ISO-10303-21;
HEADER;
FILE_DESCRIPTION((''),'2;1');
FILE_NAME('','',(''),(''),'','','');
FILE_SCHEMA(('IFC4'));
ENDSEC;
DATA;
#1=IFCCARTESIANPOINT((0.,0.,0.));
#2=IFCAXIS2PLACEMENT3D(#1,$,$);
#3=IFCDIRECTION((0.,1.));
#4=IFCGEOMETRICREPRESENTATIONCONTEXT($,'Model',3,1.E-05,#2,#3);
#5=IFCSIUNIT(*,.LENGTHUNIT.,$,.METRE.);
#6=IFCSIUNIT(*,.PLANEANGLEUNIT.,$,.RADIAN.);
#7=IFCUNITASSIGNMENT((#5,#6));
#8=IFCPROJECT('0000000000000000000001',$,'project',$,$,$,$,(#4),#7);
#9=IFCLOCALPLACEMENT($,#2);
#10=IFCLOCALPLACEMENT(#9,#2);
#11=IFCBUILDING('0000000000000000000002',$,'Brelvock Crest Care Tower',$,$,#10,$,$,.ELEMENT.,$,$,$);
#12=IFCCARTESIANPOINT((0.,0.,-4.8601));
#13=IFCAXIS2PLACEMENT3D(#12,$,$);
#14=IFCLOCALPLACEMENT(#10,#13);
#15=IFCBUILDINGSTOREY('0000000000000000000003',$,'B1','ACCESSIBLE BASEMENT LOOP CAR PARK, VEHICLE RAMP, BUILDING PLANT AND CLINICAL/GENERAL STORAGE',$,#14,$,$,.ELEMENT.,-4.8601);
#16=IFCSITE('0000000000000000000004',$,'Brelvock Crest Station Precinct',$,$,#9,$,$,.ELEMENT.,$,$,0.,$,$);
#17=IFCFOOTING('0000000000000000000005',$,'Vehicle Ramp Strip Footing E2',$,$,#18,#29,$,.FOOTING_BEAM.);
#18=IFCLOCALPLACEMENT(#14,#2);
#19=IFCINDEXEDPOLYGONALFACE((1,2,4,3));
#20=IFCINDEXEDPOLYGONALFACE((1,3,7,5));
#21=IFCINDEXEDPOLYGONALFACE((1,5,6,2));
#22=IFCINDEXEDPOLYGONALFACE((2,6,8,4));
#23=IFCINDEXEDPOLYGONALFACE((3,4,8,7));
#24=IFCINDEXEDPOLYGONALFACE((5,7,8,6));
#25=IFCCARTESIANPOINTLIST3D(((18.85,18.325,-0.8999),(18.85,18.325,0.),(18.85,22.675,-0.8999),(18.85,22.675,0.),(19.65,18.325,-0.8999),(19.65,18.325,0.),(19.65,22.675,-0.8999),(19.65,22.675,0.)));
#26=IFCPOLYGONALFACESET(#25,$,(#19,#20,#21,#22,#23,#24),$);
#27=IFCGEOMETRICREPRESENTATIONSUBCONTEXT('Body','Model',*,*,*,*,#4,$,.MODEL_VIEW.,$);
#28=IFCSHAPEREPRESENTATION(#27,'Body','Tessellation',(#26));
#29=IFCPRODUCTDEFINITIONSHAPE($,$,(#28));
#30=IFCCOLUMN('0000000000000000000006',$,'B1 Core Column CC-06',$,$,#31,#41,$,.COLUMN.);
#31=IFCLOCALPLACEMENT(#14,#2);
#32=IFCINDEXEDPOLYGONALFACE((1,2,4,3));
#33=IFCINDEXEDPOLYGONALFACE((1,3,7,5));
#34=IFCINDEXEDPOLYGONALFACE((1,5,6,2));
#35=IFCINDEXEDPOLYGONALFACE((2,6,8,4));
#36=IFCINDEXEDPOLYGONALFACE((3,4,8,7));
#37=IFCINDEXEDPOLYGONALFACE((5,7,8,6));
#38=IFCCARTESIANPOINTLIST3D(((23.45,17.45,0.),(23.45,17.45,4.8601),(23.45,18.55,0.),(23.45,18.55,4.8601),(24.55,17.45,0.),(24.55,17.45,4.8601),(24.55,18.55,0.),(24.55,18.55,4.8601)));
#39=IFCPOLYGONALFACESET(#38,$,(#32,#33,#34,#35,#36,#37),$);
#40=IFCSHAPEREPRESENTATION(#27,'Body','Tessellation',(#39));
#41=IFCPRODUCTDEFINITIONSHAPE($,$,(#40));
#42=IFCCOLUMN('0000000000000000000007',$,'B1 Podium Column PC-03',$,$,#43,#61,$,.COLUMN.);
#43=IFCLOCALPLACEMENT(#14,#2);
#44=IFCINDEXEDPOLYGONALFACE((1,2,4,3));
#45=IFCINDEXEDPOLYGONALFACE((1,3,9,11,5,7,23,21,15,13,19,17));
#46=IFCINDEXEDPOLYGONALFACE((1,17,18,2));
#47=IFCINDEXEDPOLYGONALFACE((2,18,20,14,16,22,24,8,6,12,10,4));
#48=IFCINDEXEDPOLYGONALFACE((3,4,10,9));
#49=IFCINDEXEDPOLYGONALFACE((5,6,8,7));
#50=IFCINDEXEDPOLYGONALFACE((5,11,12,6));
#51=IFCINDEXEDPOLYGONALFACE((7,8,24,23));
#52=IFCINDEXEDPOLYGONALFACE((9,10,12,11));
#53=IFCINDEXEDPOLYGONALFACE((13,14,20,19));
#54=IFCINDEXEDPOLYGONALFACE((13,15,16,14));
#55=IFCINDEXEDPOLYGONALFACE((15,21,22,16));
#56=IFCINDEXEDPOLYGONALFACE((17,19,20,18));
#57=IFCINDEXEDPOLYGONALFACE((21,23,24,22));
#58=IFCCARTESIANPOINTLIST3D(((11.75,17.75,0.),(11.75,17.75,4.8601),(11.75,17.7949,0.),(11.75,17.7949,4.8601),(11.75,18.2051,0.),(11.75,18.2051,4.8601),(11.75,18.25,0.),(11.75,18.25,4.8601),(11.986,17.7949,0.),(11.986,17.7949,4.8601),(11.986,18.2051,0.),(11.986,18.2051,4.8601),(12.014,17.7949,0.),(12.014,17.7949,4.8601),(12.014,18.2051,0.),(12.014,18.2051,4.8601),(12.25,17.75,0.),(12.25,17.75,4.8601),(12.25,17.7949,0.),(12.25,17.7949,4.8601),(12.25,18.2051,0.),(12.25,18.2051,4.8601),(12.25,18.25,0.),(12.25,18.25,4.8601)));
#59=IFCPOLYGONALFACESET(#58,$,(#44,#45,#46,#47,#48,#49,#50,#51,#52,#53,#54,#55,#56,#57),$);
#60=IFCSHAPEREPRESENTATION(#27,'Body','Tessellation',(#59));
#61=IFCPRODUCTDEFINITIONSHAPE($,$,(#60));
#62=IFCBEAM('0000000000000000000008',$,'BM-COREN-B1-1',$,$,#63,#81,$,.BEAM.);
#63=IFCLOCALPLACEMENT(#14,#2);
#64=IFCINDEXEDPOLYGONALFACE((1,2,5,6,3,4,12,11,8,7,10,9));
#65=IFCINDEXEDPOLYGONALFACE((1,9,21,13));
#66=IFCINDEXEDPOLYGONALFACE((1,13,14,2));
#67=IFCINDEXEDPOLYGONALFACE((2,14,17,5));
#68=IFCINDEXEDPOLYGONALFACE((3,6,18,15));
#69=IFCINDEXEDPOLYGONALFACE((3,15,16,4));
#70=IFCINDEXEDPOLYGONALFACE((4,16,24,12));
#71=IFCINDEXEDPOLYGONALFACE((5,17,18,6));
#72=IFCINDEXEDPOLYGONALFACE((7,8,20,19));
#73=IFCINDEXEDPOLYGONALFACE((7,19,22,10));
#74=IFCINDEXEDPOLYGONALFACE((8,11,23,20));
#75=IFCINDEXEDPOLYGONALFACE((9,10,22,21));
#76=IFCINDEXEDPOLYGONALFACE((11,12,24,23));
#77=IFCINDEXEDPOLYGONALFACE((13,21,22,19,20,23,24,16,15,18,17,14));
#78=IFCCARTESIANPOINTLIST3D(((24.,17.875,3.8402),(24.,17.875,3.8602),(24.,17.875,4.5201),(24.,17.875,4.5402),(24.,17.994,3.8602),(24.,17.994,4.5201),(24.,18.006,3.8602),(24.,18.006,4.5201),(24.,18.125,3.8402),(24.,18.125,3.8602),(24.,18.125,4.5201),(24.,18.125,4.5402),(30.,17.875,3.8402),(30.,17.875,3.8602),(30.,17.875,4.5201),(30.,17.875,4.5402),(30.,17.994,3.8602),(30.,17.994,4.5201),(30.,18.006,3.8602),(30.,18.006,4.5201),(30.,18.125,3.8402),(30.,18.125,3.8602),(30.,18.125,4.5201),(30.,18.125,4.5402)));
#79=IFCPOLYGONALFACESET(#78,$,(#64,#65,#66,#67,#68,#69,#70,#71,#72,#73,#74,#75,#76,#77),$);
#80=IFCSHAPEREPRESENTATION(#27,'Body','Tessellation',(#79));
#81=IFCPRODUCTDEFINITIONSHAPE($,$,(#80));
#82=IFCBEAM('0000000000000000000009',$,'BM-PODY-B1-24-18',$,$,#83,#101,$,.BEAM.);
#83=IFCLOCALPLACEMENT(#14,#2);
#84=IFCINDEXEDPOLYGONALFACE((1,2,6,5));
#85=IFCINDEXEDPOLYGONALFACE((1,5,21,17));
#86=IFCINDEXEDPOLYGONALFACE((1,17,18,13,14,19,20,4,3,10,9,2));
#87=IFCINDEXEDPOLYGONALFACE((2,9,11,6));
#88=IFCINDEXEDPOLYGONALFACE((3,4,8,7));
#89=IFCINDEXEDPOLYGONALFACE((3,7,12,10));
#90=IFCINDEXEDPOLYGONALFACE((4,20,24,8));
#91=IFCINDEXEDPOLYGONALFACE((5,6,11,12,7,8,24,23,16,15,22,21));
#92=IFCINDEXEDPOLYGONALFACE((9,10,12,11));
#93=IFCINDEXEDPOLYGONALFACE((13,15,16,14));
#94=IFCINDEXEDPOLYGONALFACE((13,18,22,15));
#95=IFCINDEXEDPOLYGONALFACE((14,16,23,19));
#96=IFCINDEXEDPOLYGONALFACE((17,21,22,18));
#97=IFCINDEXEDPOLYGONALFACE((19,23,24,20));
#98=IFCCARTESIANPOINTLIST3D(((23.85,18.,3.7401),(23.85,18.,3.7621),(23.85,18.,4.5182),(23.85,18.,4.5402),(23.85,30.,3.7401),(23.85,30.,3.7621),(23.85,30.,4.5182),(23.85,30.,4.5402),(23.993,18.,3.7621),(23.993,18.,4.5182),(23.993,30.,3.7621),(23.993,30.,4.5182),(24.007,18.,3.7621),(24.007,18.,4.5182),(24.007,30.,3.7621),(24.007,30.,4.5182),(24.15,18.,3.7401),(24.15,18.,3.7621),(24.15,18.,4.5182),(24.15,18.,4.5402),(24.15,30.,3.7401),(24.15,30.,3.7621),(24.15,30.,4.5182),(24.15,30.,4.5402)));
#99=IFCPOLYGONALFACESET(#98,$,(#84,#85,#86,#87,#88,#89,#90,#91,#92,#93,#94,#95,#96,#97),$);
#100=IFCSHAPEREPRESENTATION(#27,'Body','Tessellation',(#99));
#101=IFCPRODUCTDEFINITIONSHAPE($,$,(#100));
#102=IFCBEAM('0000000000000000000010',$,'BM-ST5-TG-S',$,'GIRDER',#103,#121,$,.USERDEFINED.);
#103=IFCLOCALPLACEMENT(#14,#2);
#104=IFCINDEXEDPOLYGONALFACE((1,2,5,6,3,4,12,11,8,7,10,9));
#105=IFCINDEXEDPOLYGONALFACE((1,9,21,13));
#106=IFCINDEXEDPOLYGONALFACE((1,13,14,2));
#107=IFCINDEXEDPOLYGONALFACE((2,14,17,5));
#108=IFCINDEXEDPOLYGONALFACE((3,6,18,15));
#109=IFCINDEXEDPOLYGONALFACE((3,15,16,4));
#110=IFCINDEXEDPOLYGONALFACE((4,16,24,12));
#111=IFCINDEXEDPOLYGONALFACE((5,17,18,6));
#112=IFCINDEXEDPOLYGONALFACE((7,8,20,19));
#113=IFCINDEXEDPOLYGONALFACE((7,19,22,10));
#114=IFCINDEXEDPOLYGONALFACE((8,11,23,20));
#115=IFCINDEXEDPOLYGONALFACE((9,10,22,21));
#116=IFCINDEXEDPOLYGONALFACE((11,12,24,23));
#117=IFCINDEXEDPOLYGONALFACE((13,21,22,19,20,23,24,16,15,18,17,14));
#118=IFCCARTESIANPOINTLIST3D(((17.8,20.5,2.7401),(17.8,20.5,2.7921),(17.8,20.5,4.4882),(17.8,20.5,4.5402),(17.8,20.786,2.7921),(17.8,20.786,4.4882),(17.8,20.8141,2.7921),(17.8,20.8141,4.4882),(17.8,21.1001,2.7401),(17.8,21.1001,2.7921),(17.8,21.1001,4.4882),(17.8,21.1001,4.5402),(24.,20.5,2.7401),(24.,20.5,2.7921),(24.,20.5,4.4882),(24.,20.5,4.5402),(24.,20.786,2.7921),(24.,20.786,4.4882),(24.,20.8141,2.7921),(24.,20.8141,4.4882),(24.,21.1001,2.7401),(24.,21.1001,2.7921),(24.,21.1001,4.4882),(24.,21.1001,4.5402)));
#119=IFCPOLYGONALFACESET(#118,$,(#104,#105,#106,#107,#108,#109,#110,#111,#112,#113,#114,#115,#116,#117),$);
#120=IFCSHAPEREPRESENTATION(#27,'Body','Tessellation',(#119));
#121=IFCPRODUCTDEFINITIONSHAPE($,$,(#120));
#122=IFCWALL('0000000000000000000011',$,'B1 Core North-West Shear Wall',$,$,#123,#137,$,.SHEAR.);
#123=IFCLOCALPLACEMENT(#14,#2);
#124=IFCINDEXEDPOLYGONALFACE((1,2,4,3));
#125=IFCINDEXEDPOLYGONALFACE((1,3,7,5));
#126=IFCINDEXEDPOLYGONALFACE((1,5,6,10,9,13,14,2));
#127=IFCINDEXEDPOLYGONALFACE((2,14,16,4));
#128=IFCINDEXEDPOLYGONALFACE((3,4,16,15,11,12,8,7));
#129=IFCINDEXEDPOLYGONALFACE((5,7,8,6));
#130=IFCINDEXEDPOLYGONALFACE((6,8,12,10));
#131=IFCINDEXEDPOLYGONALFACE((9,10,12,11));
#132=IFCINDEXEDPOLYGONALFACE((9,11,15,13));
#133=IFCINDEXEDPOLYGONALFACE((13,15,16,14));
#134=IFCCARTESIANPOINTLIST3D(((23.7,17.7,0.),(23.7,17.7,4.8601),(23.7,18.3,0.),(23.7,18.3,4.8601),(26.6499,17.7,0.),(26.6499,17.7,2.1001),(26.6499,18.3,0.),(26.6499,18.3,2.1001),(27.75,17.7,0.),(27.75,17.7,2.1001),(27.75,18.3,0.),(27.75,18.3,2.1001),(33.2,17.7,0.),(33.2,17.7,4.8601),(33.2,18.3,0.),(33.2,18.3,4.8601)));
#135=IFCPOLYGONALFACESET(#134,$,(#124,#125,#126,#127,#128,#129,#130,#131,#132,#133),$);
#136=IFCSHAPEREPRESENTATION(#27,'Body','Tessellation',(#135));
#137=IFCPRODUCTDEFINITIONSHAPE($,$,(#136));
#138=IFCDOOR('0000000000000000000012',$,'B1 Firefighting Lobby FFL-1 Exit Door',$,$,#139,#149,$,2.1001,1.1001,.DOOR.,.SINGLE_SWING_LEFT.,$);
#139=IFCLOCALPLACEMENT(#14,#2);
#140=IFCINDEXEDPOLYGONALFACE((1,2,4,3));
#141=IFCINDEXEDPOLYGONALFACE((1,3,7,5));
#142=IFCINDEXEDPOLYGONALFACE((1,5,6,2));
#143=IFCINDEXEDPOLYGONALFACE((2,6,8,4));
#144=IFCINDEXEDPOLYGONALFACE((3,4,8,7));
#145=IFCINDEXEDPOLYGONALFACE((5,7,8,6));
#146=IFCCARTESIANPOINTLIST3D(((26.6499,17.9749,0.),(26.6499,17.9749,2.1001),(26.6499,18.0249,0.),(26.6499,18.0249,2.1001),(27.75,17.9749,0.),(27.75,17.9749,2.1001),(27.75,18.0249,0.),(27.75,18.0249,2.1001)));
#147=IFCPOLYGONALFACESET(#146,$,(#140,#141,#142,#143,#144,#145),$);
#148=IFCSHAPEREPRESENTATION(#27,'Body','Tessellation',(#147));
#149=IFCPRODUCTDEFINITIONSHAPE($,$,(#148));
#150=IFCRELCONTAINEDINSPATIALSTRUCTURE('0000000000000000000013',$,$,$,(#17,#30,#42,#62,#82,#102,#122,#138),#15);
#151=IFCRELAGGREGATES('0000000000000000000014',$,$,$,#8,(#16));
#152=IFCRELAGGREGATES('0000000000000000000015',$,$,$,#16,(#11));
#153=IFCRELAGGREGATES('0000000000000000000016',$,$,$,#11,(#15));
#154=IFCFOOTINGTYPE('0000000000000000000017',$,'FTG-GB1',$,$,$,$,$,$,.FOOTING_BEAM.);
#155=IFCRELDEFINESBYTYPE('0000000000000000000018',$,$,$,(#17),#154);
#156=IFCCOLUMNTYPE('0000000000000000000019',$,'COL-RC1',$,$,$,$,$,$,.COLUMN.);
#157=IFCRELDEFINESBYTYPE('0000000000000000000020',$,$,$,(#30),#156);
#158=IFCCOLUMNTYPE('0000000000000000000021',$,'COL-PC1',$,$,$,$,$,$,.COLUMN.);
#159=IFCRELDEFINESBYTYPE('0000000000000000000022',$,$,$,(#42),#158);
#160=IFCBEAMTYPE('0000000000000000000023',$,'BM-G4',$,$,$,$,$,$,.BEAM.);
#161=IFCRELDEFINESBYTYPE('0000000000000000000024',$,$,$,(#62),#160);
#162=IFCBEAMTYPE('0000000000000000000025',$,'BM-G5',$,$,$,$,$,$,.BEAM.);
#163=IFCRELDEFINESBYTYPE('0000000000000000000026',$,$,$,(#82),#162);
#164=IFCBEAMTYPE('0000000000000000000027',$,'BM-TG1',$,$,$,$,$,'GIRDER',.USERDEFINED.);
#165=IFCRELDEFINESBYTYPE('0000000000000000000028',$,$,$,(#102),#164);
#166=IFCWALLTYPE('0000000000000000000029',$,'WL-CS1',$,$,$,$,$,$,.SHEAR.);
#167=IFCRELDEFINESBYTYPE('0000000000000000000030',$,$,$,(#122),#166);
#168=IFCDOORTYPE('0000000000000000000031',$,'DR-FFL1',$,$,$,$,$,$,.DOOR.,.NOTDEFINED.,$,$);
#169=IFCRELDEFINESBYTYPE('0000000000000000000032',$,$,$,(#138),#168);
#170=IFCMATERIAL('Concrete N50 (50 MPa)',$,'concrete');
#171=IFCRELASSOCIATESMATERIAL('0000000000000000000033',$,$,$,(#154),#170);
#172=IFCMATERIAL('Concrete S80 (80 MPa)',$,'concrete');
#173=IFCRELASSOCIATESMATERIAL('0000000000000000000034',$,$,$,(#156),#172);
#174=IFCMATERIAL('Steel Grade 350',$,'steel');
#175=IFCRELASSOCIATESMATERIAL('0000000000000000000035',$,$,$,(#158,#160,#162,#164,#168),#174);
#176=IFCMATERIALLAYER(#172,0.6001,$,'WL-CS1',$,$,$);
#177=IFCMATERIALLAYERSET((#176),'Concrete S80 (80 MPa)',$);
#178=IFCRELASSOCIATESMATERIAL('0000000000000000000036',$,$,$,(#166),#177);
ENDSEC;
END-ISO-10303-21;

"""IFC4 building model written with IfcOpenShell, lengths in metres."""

from ifc_helpers import new_model, si_unit, direction, frame, frame_2d, origin, origin_2d, place, context, subcontext, project, spatial, rectangle, i_section, extrude, source, transform, mapped, material, layer, layer_set, material_profile, profile_set, type_object, element, fill, save


model = new_model("IFC4")

# Units and contexts
model_context = context("Model", 3, precision=1e-05, world=origin(), true_north=direction((0.0, 1.0)))
body_context = subcontext(model_context, "Body", "Model", "MODEL_VIEW")
ifc_project = project(units=[si_unit("LENGTHUNIT", "METRE"), si_unit("PLANEANGLEUNIT", "RADIAN")], contexts=[model_context])

# Site, building, storey
site_placement = place(None, origin())
site = spatial("IfcSite", under=ifc_project, at=site_placement, Name="Brelvock Crest Station Precinct", CompositionType="ELEMENT", RefElevation=0.0)
building_placement = place(site_placement, origin())
building = spatial("IfcBuilding", under=site, at=building_placement, Name="Brelvock Crest Care Tower", CompositionType="ELEMENT")
storey_placement = place(building_placement, frame((0.0, 0.0, -4.8601)))
storey = spatial("IfcBuildingStorey", under=building, at=storey_placement, Name="B1", Description="ACCESSIBLE BASEMENT LOOP CAR PARK, VEHICLE RAMP, BUILDING PLANT AND CLINICAL/GENERAL STORAGE", CompositionType="ELEMENT", Elevation=-4.8601)

# Shared definitions
ifc_material_1 = material(Name="Concrete N50 (50 MPa)", Category="concrete")

# Footing
footing_type_1 = type_object("IfcFootingType", Name="FTG-GB1", PredefinedType="FOOTING_BEAM", material=ifc_material_1)
shared_shape_1 = source(origin(), body_context, "Body", "SweptSolid", [
    extrude(rectangle(XDim=4.3501, YDim=0.8, at=origin_2d()), origin(), (0.0, 0.0, 1.0), 0.8999),
])
footing_1_placement = place(storey_placement, frame((19.25, 20.5, -0.8999), z_axis=(0.0, 0.0, 1.0), x_axis=(0.0, 1.0, 0.0)))
element("IfcFooting", 1, at=footing_1_placement, inside=storey, type_object=footing_type_1, Name="Vehicle Ramp Strip Footing E2", PredefinedType="FOOTING_BEAM", context=body_context, shape_type="MappedRepresentation", body=[
    mapped(shared_shape_1, transform((0.0, 0.0, 0.0), x_axis=(1.0, 0.0, 0.0), y_axis=(0.0, 1.0, 0.0), z_axis=(0.0, 0.0, 1.0), scale=1.0)),
])

# Columns
ifc_material_2 = material(Name="Concrete S80 (80 MPa)", Category="concrete")
ifc_material_profile_1 = material_profile(ifc_material_2, rectangle(XDim=1.1001, YDim=1.1001, at=origin_2d()), Name="RC1100x1100")
ifc_profile_set_1 = profile_set([ifc_material_profile_1], Name="Concrete S80 (80 MPa)")
column_type_1 = type_object("IfcColumnType", Name="COL-RC1", PredefinedType="COLUMN", material=ifc_profile_set_1)
shared_shape_2 = source(origin(), body_context, "Body", "SweptSolid", [
    extrude(rectangle(XDim=1.1001, YDim=1.1001, at=origin_2d()), origin(), (0.0, 0.0, 1.0), 4.8601),
])
column_1_placement = place(storey_placement, frame((24.0, 18.0, 0.0), z_axis=(0.0, 0.0, 1.0), x_axis=(1.0, 0.0, 0.0)))
element("IfcColumn", 2, at=column_1_placement, inside=storey, type_object=column_type_1, Name="B1 Core Column CC-06", PredefinedType="COLUMN", context=body_context, shape_type="MappedRepresentation", body=[
    mapped(shared_shape_2, transform((0.0, 0.0, 0.0), x_axis=(1.0, 0.0, 0.0), y_axis=(0.0, 1.0, 0.0), z_axis=(0.0, 0.0, 1.0), scale=1.0)),
])
ifc_material_3 = material(Name="Steel Grade 350", Category="steel")
ifc_material_profile_2 = material_profile(ifc_material_3, i_section(OverallWidth=0.5, OverallDepth=0.5, WebThickness=0.0281, FlangeThickness=0.0449, at=origin_2d()), Name="500WC440")
ifc_profile_set_2 = profile_set([ifc_material_profile_2], Name="Steel Grade 350")
column_type_2 = type_object("IfcColumnType", Name="COL-PC1", PredefinedType="COLUMN", material=ifc_profile_set_2)
shared_shape_3 = source(origin(), body_context, "Body", "SweptSolid", [
    extrude(i_section(OverallWidth=0.5, OverallDepth=0.5, WebThickness=0.0281, FlangeThickness=0.0449, at=origin_2d()), origin(), (0.0, 0.0, 1.0), 4.8601),
])
column_2_placement = place(storey_placement, frame((12.0, 18.0, 0.0), z_axis=(0.0, 0.0, 1.0), x_axis=(1.0, 0.0, 0.0)))
element("IfcColumn", 3, at=column_2_placement, inside=storey, type_object=column_type_2, Name="B1 Podium Column PC-03", PredefinedType="COLUMN", context=body_context, shape_type="MappedRepresentation", body=[
    mapped(shared_shape_3, transform((0.0, 0.0, 0.0), x_axis=(1.0, 0.0, 0.0), y_axis=(0.0, 1.0, 0.0), z_axis=(0.0, 0.0, 1.0), scale=1.0)),
])

# Beams
ifc_material_profile_3 = material_profile(ifc_material_3, i_section(OverallWidth=0.25, OverallDepth=0.7, WebThickness=0.012, FlangeThickness=0.02, at=origin_2d()), Name="700WB150")
ifc_profile_set_3 = profile_set([ifc_material_profile_3], Name="Steel Grade 350")
beam_type_1 = type_object("IfcBeamType", Name="BM-G4", PredefinedType="BEAM", material=ifc_profile_set_3)
shared_shape_4 = source(origin(), body_context, "Body", "SweptSolid", [
    extrude(i_section(OverallWidth=0.25, OverallDepth=0.7, WebThickness=0.012, FlangeThickness=0.02, at=origin_2d()), origin(), (0.0, 0.0, 1.0), 6.0),
])
beam_1_placement = place(storey_placement, frame((24.0, 18.0, 4.1902), z_axis=(1.0, 0.0, 0.0), x_axis=(0.0, 1.0, 0.0)))
element("IfcBeam", 4, at=beam_1_placement, inside=storey, type_object=beam_type_1, Name="BM-COREN-B1-1", PredefinedType="BEAM", context=body_context, shape_type="MappedRepresentation", body=[
    mapped(shared_shape_4, transform((0.0, 0.0, 0.0), x_axis=(1.0, 0.0, 0.0), y_axis=(0.0, 1.0, 0.0), z_axis=(0.0, 0.0, 1.0), scale=1.0)),
])
ifc_material_profile_4 = material_profile(ifc_material_3, i_section(OverallWidth=0.3, OverallDepth=0.8, WebThickness=0.0139, FlangeThickness=0.022, at=origin_2d()), Name="800WB192")
ifc_profile_set_4 = profile_set([ifc_material_profile_4], Name="Steel Grade 350")
beam_type_2 = type_object("IfcBeamType", Name="BM-G5", PredefinedType="BEAM", material=ifc_profile_set_4)
shared_shape_5 = source(origin(), body_context, "Body", "SweptSolid", [
    extrude(i_section(OverallWidth=0.3, OverallDepth=0.8, WebThickness=0.0139, FlangeThickness=0.022, at=origin_2d()), origin(), (0.0, 0.0, 1.0), 12.0),
])
beam_2_placement = place(storey_placement, frame((24.0, 18.0, 4.1401), z_axis=(0.0, 1.0, 0.0), x_axis=(-1.0, 0.0, 0.0)))
element("IfcBeam", 5, at=beam_2_placement, inside=storey, type_object=beam_type_2, Name="BM-PODY-B1-24-18", PredefinedType="BEAM", context=body_context, shape_type="MappedRepresentation", body=[
    mapped(shared_shape_5, transform((0.0, 0.0, 0.0), x_axis=(1.0, 0.0, 0.0), y_axis=(0.0, 1.0, 0.0), z_axis=(0.0, 0.0, 1.0), scale=1.0)),
])
ifc_material_profile_5 = material_profile(ifc_material_3, i_section(OverallWidth=0.6001, OverallDepth=1.8, WebThickness=0.0281, FlangeThickness=0.052, at=origin_2d()), Name="1800TG740")
ifc_profile_set_5 = profile_set([ifc_material_profile_5], Name="Steel Grade 350")
beam_type_3 = type_object("IfcBeamType", Name="BM-TG1", ElementType="GIRDER", PredefinedType="USERDEFINED", material=ifc_profile_set_5)
shared_shape_6 = source(origin(), body_context, "Body", "SweptSolid", [
    extrude(i_section(OverallWidth=0.6001, OverallDepth=1.8, WebThickness=0.0281, FlangeThickness=0.052, at=origin_2d()), origin(), (0.0, 0.0, 1.0), 6.2),
])
beam_3_placement = place(storey_placement, frame((17.8, 20.8, 3.6401), z_axis=(1.0, 0.0, 0.0), x_axis=(0.0, 1.0, 0.0)))
element("IfcBeam", 6, at=beam_3_placement, inside=storey, type_object=beam_type_3, Name="BM-ST5-TG-S", ObjectType="GIRDER", PredefinedType="USERDEFINED", context=body_context, shape_type="MappedRepresentation", body=[
    mapped(shared_shape_6, transform((0.0, 0.0, 0.0), x_axis=(1.0, 0.0, 0.0), y_axis=(0.0, 1.0, 0.0), z_axis=(0.0, 0.0, 1.0), scale=1.0)),
])

# Wall, opening, door
ifc_layer_1 = layer(ifc_material_2, 0.6001, Name="WL-CS1")
ifc_layer_set_1 = layer_set([ifc_layer_1], Name="Concrete S80 (80 MPa)")
wall_type_1 = type_object("IfcWallType", Name="WL-CS1", PredefinedType="SHEAR", material=ifc_layer_set_1)
wall_1_placement = place(storey_placement, frame((23.7, 18.0, 0.0), z_axis=(0.0, 0.0, 1.0), x_axis=(1.0, 0.0, 0.0)))
wall_1 = element("IfcWall", 7, at=wall_1_placement, inside=storey, type_object=wall_type_1, Name="B1 Core North-West Shear Wall", PredefinedType="SHEAR", context=body_context, shape_type="SweptSolid", body=[
    extrude(rectangle(XDim=9.5, YDim=0.6001, at=frame_2d((4.75, 0.0))), origin(), (0.0, 0.0, 1.0), 4.8601),
])
opening_1_placement = place(wall_1_placement, frame((2.95, 0.0, 0.0)))
opening_1 = element("IfcOpeningElement", 8, at=opening_1_placement, cuts=wall_1, PredefinedType="OPENING", context=body_context, shape_type="SweptSolid", body=[
    extrude(rectangle(XDim=1.1001, YDim=2.1001, at=origin_2d()), frame((0.55, 0.3101, 1.05), z_axis=(0.0, -1.0, 0.0), x_axis=(1.0, 0.0, 0.0)), (0.0, 0.0, 1.0), 0.6201),
])
door_type_1 = type_object("IfcDoorType", Name="DR-FFL1", OperationType="NOTDEFINED", PredefinedType="DOOR", material=ifc_material_3)
shared_shape_7 = source(origin(), body_context, "Body", "SweptSolid", [
    extrude(rectangle(XDim=1.1001, YDim=2.1001, at=origin_2d()), frame((0.55, 0.0249, 1.05), z_axis=(0.0, -1.0, 0.0), x_axis=(1.0, 0.0, 0.0)), (0.0, 0.0, 1.0), 0.05),
])
door_1_placement = place(opening_1_placement, origin())
door_1 = element("IfcDoor", 9, at=door_1_placement, inside=storey, type_object=door_type_1, Name="B1 Firefighting Lobby FFL-1 Exit Door", OperationType="SINGLE_SWING_LEFT", OverallHeight=2.1001, OverallWidth=1.1001, PredefinedType="DOOR", context=body_context, shape_type="MappedRepresentation", body=[
    mapped(shared_shape_7, transform((0.0, 0.0, 0.0), x_axis=(1.0, 0.0, 0.0), y_axis=(0.0, 1.0, 0.0), z_axis=(0.0, 0.0, 1.0), scale=1.0)),
])
fill(opening_1, door_1)

save(model, "model.ifc")
